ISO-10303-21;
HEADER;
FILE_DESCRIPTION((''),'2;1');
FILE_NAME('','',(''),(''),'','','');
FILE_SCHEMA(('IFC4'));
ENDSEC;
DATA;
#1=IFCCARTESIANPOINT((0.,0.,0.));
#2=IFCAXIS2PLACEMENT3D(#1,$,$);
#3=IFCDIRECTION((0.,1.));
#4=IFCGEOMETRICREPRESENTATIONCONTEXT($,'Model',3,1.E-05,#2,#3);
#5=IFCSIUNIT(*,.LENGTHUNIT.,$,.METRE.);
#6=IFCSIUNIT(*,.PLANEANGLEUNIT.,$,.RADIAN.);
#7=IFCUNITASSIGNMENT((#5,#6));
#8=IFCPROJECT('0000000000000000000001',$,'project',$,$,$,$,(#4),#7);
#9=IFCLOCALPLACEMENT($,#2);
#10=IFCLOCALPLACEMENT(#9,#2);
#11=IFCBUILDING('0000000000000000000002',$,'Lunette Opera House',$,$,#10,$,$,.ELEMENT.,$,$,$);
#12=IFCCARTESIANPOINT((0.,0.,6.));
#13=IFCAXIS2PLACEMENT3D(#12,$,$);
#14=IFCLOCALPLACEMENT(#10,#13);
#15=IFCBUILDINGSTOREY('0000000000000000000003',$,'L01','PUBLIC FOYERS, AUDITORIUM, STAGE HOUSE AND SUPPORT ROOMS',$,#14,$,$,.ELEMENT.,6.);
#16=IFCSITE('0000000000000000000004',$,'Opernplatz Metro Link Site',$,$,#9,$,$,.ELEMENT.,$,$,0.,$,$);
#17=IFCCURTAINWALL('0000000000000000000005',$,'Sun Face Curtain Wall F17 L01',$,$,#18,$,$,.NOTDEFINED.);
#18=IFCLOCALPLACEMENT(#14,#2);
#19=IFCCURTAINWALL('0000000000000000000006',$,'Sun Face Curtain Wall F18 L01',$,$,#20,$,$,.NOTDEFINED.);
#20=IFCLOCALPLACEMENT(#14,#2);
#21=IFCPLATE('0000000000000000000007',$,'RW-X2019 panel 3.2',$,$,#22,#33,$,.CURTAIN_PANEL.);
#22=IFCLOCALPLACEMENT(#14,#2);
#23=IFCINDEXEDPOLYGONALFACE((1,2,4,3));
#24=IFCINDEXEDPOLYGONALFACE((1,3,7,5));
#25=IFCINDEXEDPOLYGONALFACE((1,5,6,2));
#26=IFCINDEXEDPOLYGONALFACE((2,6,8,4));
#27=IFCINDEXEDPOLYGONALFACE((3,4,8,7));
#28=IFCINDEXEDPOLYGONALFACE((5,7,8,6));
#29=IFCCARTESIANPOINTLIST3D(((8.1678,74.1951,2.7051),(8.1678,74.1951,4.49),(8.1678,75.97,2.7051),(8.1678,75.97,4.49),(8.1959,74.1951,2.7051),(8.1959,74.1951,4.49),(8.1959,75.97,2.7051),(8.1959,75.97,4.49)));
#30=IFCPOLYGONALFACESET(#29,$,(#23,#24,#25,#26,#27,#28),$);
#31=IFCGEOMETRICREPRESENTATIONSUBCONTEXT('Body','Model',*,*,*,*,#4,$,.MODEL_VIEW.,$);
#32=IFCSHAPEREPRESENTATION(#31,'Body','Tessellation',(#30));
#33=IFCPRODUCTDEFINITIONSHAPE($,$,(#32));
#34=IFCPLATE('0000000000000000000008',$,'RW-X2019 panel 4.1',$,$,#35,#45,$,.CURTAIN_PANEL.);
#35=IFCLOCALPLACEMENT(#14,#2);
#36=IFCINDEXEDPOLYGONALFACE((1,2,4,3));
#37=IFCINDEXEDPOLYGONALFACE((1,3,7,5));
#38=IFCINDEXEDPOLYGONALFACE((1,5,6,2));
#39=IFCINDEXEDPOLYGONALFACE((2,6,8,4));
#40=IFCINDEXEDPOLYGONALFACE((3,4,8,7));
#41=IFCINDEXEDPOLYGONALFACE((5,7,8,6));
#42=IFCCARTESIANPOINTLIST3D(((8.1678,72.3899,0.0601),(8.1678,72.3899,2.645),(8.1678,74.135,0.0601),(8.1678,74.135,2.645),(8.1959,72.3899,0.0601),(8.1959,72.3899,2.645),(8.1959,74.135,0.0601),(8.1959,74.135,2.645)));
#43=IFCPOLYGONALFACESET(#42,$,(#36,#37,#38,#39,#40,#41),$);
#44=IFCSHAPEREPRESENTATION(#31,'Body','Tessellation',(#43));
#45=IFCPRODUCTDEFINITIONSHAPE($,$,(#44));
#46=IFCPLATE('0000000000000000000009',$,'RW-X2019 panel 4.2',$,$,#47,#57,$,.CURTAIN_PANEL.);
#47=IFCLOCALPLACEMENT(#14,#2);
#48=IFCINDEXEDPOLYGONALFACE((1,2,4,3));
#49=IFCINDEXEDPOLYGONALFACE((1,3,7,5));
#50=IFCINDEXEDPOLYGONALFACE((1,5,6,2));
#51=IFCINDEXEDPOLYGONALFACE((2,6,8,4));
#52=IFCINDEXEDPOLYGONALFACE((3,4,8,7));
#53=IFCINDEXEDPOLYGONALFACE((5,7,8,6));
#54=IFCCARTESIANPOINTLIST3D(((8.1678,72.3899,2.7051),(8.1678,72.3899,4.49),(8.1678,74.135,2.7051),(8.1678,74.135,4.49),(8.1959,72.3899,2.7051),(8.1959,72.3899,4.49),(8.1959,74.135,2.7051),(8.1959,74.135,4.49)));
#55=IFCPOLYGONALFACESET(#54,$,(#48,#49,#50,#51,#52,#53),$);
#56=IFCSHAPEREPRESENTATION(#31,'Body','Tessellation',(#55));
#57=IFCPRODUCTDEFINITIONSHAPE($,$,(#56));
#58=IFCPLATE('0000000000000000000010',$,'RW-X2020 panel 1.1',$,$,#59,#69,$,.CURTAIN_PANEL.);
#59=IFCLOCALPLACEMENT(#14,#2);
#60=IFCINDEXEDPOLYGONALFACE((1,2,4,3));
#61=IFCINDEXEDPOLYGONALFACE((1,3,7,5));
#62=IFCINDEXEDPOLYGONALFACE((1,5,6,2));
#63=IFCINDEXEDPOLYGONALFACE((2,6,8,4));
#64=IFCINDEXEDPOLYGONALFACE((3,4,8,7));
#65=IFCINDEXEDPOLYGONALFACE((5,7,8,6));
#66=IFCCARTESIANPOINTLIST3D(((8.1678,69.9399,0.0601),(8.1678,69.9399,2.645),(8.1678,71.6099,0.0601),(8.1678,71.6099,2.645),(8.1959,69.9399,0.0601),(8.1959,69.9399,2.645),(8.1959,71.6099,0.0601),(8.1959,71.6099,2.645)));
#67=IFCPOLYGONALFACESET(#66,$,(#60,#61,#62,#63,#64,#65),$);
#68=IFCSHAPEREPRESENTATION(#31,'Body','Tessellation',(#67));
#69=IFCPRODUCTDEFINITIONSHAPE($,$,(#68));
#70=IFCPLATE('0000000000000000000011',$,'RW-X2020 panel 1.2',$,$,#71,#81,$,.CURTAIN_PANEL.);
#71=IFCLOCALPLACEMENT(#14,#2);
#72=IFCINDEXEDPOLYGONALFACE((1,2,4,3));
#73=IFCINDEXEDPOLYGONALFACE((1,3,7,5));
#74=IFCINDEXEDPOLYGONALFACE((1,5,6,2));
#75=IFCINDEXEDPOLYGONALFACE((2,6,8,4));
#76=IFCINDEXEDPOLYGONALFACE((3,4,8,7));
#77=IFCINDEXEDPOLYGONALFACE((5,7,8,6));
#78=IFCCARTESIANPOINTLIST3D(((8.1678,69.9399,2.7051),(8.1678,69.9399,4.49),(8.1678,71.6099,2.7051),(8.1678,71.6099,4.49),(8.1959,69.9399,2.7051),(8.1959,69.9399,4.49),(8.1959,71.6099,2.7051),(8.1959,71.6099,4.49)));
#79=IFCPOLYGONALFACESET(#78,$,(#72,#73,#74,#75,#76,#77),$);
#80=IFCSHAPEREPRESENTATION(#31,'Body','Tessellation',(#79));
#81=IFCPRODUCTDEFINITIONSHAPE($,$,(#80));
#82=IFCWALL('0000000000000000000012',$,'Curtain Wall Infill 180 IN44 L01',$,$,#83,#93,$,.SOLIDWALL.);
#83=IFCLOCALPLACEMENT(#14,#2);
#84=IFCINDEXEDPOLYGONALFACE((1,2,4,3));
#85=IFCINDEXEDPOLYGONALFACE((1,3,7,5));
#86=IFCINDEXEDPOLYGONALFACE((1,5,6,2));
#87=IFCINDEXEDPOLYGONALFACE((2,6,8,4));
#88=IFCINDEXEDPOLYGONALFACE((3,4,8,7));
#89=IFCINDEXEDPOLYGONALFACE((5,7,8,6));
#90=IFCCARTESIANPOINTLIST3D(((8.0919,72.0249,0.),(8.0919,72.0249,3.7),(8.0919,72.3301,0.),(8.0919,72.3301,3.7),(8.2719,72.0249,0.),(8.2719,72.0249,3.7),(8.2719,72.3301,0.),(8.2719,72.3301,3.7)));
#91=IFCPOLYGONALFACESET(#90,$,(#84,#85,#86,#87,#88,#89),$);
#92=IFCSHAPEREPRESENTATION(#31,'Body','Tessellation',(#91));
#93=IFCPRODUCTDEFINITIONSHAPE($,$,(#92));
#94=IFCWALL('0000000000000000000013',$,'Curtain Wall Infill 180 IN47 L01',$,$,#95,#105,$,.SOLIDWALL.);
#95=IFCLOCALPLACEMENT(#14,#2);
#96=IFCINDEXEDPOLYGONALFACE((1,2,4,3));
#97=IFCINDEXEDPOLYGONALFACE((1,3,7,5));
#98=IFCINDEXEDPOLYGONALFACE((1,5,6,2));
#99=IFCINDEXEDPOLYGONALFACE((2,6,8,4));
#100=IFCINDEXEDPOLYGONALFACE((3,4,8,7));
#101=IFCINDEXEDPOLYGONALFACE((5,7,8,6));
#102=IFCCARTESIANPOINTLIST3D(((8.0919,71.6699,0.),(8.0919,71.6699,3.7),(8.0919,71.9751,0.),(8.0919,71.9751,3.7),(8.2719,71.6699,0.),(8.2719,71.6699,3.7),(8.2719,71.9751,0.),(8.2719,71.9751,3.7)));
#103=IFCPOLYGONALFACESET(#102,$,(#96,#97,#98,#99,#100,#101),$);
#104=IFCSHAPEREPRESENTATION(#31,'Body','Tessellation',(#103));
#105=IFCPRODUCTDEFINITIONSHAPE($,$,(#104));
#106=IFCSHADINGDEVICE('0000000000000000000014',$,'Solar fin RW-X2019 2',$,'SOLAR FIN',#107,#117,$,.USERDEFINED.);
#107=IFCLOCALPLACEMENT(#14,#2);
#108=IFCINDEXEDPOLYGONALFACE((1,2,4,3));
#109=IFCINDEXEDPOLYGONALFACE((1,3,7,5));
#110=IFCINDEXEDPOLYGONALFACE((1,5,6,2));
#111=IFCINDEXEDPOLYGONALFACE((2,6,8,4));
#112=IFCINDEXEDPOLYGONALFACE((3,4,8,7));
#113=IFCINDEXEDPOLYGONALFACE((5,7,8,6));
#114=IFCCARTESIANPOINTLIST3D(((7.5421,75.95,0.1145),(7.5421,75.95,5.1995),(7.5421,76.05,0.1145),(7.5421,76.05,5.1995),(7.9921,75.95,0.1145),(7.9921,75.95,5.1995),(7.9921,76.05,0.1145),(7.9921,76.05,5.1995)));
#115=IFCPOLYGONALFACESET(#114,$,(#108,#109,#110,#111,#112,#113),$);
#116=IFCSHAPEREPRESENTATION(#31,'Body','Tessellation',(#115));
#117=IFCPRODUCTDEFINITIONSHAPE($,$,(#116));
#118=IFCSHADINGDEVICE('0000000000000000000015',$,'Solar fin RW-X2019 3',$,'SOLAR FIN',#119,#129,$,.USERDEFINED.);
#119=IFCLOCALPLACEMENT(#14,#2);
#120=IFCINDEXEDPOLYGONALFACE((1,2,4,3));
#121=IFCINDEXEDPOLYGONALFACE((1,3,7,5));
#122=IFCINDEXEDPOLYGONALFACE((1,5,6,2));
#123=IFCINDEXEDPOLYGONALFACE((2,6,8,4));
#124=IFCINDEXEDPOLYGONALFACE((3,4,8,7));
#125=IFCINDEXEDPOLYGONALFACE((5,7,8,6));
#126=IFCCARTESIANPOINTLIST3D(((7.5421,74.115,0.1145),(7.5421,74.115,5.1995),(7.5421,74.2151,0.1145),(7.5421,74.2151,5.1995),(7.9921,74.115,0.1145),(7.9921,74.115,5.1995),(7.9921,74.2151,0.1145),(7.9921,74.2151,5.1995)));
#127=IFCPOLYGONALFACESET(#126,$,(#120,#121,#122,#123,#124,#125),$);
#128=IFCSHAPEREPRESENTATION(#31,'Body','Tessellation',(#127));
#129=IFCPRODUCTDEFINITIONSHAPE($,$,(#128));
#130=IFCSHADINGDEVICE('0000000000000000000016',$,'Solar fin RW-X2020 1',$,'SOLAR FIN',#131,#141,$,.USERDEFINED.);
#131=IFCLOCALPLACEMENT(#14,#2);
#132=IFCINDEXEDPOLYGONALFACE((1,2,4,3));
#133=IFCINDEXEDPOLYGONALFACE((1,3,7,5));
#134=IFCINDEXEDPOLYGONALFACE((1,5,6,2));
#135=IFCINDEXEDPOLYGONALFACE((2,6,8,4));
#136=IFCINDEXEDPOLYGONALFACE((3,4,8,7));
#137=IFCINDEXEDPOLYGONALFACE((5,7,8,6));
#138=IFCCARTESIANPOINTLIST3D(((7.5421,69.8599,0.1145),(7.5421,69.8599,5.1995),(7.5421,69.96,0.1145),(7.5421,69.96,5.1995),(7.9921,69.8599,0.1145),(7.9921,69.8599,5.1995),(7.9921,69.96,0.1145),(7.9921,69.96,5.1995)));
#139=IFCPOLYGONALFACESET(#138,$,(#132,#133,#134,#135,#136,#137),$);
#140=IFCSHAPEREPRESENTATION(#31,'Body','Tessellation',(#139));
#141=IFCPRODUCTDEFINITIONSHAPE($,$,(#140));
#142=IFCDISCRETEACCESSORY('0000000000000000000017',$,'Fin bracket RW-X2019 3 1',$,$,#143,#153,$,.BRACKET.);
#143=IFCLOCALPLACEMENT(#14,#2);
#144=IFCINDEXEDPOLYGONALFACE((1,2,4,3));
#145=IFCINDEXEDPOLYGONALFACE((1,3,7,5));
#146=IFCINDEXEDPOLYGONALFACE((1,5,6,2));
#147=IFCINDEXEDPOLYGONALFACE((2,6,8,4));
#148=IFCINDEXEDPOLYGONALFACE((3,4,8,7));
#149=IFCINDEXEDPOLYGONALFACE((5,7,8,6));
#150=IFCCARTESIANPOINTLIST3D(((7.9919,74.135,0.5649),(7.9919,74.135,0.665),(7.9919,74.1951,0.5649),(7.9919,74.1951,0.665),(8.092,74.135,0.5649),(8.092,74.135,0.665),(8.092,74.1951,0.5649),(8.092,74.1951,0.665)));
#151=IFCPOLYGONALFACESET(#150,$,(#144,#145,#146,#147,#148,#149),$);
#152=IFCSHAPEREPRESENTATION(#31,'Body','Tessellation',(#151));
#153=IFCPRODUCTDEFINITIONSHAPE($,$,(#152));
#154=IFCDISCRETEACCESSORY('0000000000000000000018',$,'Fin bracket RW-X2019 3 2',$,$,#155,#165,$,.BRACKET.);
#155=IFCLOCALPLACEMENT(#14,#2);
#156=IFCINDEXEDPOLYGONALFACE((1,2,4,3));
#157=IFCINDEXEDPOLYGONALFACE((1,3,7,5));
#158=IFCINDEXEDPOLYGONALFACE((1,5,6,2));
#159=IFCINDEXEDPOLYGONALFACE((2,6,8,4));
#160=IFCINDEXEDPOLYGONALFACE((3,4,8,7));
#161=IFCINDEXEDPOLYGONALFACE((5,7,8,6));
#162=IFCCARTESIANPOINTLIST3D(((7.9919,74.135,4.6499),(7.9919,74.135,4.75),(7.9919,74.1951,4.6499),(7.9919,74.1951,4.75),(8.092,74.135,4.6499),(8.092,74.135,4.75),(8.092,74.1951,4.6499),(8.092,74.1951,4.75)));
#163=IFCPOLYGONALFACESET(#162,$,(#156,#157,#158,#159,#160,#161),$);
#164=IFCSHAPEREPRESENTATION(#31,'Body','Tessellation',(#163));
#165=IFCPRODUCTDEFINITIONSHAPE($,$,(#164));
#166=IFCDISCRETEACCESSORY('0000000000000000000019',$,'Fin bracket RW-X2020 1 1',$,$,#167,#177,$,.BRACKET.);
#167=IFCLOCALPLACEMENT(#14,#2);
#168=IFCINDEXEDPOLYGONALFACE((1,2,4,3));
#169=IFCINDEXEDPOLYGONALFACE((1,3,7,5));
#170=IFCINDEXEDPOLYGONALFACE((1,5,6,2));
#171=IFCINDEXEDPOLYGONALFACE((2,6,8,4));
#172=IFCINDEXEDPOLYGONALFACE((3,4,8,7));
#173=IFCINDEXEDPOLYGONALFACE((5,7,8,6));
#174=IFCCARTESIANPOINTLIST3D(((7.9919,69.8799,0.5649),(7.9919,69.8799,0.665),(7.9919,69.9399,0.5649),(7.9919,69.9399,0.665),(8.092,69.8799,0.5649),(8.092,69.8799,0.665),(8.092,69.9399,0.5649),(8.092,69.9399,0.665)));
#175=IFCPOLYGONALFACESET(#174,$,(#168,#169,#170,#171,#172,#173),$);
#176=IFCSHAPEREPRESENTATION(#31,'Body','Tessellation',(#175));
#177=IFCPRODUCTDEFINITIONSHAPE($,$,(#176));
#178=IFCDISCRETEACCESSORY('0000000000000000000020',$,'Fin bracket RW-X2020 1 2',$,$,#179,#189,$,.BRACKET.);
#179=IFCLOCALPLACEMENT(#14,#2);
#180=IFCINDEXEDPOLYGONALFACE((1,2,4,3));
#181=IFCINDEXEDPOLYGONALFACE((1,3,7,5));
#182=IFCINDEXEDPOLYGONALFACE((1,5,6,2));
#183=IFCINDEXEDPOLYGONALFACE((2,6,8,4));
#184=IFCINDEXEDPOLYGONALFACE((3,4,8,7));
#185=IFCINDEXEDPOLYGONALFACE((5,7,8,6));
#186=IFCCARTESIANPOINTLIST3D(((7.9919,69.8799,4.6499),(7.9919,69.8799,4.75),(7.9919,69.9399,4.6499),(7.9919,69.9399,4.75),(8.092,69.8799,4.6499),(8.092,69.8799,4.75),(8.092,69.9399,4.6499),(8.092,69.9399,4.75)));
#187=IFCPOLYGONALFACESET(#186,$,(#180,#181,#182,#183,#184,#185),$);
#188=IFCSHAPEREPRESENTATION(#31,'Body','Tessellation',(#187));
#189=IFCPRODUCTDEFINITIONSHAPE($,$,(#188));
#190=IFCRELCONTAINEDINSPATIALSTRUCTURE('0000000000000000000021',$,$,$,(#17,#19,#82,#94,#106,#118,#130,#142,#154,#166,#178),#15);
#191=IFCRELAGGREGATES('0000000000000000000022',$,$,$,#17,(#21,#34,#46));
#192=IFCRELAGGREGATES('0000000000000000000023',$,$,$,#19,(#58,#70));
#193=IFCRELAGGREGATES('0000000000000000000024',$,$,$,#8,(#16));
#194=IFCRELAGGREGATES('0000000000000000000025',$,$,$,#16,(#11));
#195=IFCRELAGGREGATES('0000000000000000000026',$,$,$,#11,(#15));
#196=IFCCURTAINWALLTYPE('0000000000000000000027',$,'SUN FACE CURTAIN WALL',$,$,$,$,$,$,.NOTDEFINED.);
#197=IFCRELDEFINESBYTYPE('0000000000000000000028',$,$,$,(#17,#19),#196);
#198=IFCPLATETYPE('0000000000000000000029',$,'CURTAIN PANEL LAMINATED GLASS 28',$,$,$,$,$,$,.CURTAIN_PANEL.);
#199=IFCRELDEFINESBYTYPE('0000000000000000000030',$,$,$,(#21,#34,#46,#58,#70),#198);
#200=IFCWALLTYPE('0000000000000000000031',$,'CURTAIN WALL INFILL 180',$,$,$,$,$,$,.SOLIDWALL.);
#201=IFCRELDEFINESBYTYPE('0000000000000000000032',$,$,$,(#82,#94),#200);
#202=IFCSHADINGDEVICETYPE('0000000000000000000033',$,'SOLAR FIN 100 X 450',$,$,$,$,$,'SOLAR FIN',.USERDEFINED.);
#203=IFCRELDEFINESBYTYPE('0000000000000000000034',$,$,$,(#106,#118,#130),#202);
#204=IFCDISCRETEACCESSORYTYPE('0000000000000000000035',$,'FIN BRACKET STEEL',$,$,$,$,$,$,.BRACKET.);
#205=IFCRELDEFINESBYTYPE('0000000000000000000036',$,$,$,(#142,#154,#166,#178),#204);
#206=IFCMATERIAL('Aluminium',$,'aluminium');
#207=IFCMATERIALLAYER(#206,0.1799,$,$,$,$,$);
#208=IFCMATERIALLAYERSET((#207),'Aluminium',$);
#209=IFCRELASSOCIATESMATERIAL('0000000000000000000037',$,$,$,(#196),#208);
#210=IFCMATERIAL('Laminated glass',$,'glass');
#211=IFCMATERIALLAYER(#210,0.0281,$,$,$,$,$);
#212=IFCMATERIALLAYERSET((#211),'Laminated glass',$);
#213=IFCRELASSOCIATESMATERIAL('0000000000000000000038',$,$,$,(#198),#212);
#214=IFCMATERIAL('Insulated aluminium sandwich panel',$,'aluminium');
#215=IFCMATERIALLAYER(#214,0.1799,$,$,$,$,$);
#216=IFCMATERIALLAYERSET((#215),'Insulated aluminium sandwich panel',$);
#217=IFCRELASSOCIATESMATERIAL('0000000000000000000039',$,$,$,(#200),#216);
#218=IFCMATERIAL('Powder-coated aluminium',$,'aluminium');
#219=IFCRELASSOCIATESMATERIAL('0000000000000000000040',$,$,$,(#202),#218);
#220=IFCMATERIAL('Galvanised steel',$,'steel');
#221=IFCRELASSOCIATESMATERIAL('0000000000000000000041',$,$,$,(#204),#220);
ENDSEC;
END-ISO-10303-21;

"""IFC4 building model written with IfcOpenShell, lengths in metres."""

from ifc_helpers import new_model, si_unit, direction, frame, frame_2d, origin, origin_2d, place, context, subcontext, project, spatial, rectangle, extrude, material, layer, layer_set, type_object, element, aggregate, save


model = new_model("IFC4")

# Units and contexts
model_context = context("Model", 3, precision=1e-05, world=origin(), true_north=direction((0.0, 1.0)))
body_context = subcontext(model_context, "Body", "Model", "MODEL_VIEW")
ifc_project = project(units=[si_unit("LENGTHUNIT", "METRE"), si_unit("PLANEANGLEUNIT", "RADIAN")], contexts=[model_context])

# Site, building, storey
site_placement = place(None, origin())
site = spatial("IfcSite", under=ifc_project, at=site_placement, Name="Opernplatz Metro Link Site", CompositionType="ELEMENT", RefElevation=0.0)
building_placement = place(site_placement, origin())
building = spatial("IfcBuilding", under=site, at=building_placement, Name="Lunette Opera House", CompositionType="ELEMENT")
storey_placement = place(building_placement, frame((0.0, 0.0, 6.0)))
storey = spatial("IfcBuildingStorey", under=building, at=storey_placement, Name="L01", Description="PUBLIC FOYERS, AUDITORIUM, STAGE HOUSE AND SUPPORT ROOMS", CompositionType="ELEMENT", Elevation=6.0)

# Curtain walls
ifc_material_1 = material(Name="Aluminium", Category="aluminium")
ifc_layer_1 = layer(ifc_material_1, 0.1799)
ifc_layer_set_1 = layer_set([ifc_layer_1], Name="Aluminium")
curtain_wall_type = type_object("IfcCurtainWallType", Name="SUN FACE CURTAIN WALL", PredefinedType="NOTDEFINED", material=ifc_layer_set_1)
curtain_wall_1_placement = place(storey_placement, origin())
curtain_wall_1 = element("IfcCurtainWall", 1, at=curtain_wall_1_placement, inside=storey, type_object=curtain_wall_type, Name="Sun Face Curtain Wall F17 L01", PredefinedType="NOTDEFINED")
curtain_wall_2_placement = place(storey_placement, origin())
curtain_wall_2 = element("IfcCurtainWall", 2, at=curtain_wall_2_placement, inside=storey, type_object=curtain_wall_type, Name="Sun Face Curtain Wall F18 L01", PredefinedType="NOTDEFINED")

# Plates
ifc_material_2 = material(Name="Laminated glass", Category="glass")
ifc_layer_2 = layer(ifc_material_2, 0.0281)
ifc_layer_set_2 = layer_set([ifc_layer_2], Name="Laminated glass")
plate_type = type_object("IfcPlateType", Name="CURTAIN PANEL LAMINATED GLASS 28", PredefinedType="CURTAIN_PANEL", material=ifc_layer_set_2)
plate_1_placement = place(storey_placement, frame((8.1819, 75.0825, 2.7051), z_axis=(0.0, 0.0, 1.0), x_axis=(0.0, -1.0, 0.0)))
plate_1 = element("IfcPlate", 3, at=plate_1_placement, type_object=plate_type, Name="RW-X2019 panel 3.2", PredefinedType="CURTAIN_PANEL", context=body_context, shape_type="SweptSolid", body=[
    extrude(rectangle(XDim=1.7749, YDim=0.0281, at=origin_2d()), origin(), (0.0, 0.0, 1.0), 1.7849),
])
plate_2_placement = place(storey_placement, frame((8.1819, 73.2625, 0.0601), z_axis=(0.0, 0.0, 1.0), x_axis=(0.0, -1.0, 0.0)))
plate_2 = element("IfcPlate", 4, at=plate_2_placement, type_object=plate_type, Name="RW-X2019 panel 4.1", PredefinedType="CURTAIN_PANEL", context=body_context, shape_type="SweptSolid", body=[
    extrude(rectangle(XDim=1.7451, YDim=0.0281, at=origin_2d()), origin(), (0.0, 0.0, 1.0), 2.585),
])
plate_3_placement = place(storey_placement, frame((8.1819, 73.2625, 2.7051), z_axis=(0.0, 0.0, 1.0), x_axis=(0.0, -1.0, 0.0)))
plate_3 = element("IfcPlate", 5, at=plate_3_placement, type_object=plate_type, Name="RW-X2019 panel 4.2", PredefinedType="CURTAIN_PANEL", context=body_context, shape_type="SweptSolid", body=[
    extrude(rectangle(XDim=1.7451, YDim=0.0281, at=origin_2d()), origin(), (0.0, 0.0, 1.0), 1.7849),
])
aggregate(curtain_wall_1, [plate_1, plate_2, plate_3])
plate_4_placement = place(storey_placement, frame((8.1819, 70.7749, 0.0601), z_axis=(0.0, 0.0, 1.0), x_axis=(0.0, -1.0, 0.0)))
plate_4 = element("IfcPlate", 6, at=plate_4_placement, type_object=plate_type, Name="RW-X2020 panel 1.1", PredefinedType="CURTAIN_PANEL", context=body_context, shape_type="SweptSolid", body=[
    extrude(rectangle(XDim=1.6699, YDim=0.0281, at=origin_2d()), origin(), (0.0, 0.0, 1.0), 2.585),
])
plate_5_placement = place(storey_placement, frame((8.1819, 70.7749, 2.7051), z_axis=(0.0, 0.0, 1.0), x_axis=(0.0, -1.0, 0.0)))
plate_5 = element("IfcPlate", 7, at=plate_5_placement, type_object=plate_type, Name="RW-X2020 panel 1.2", PredefinedType="CURTAIN_PANEL", context=body_context, shape_type="SweptSolid", body=[
    extrude(rectangle(XDim=1.6699, YDim=0.0281, at=origin_2d()), origin(), (0.0, 0.0, 1.0), 1.7849),
])
aggregate(curtain_wall_2, [plate_4, plate_5])

# Walls
ifc_material_3 = material(Name="Insulated aluminium sandwich panel", Category="aluminium")
ifc_layer_3 = layer(ifc_material_3, 0.1799)
ifc_layer_set_3 = layer_set([ifc_layer_3], Name="Insulated aluminium sandwich panel")
wall_type = type_object("IfcWallType", Name="CURTAIN WALL INFILL 180", PredefinedType="SOLIDWALL", material=ifc_layer_set_3)
for number, where, z_axis, x_axis, name in (
    (8, (8.1819, 72.3301, 0.0), (0.0, 0.0, 1.0), (0.0, -1.0, 0.0), "Curtain Wall Infill 180 IN44 L01"),
    (9, (8.1819, 71.6699, 0.0), (0.0, 0.0, 1.0), (0.0, 1.0, 0.0), "Curtain Wall Infill 180 IN47 L01"),
):
    element("IfcWall", number, at=place(storey_placement, frame(where, z_axis=z_axis, x_axis=x_axis)), inside=storey, type_object=wall_type, Name=name, PredefinedType="SOLIDWALL", context=body_context, shape_type="SweptSolid", body=[
        extrude(rectangle(XDim=0.3052, YDim=0.1799, at=frame_2d((0.1526, 0.0))), origin(), (0.0, 0.0, 1.0), 3.7),
    ])

# Shading devices
ifc_material_4 = material(Name="Powder-coated aluminium", Category="aluminium")
shading_device_type = type_object("IfcShadingDeviceType", Name="SOLAR FIN 100 X 450", ElementType="SOLAR FIN", PredefinedType="USERDEFINED", material=ifc_material_4)
for number, where, z_axis, x_axis, name in (
    (10, (7.7671, 76.0, 0.1145), (0.0, 0.0, 1.0), (-1.0, 0.0, 0.0), "Solar fin RW-X2019 2"),
    (11, (7.7671, 74.165, 0.1145), (0.0, 0.0, 1.0), (-1.0, 0.0, 0.0), "Solar fin RW-X2019 3"),
    (12, (7.7671, 69.9099, 0.1145), (0.0, 0.0, 1.0), (-1.0, 0.0, 0.0), "Solar fin RW-X2020 1"),
):
    element("IfcShadingDevice", number, at=place(storey_placement, frame(where, z_axis=z_axis, x_axis=x_axis)), inside=storey, type_object=shading_device_type, Name=name, ObjectType="SOLAR FIN", PredefinedType="USERDEFINED", context=body_context, shape_type="SweptSolid", body=[
        extrude(rectangle(XDim=0.45, YDim=0.1001, at=origin_2d()), origin(), (0.0, 0.0, 1.0), 5.085),
    ])

# Discrete accessories
ifc_material_5 = material(Name="Galvanised steel", Category="steel")
discrete_accessory_type = type_object("IfcDiscreteAccessoryType", Name="FIN BRACKET STEEL", PredefinedType="BRACKET", material=ifc_material_5)
for number, where, z_axis, x_axis, name in (
    (13, (8.042, 74.165, 0.5649), (0.0, 0.0, 1.0), (-1.0, 0.0, 0.0), "Fin bracket RW-X2019 3 1"),
    (14, (8.042, 74.165, 4.6499), (0.0, 0.0, 1.0), (-1.0, 0.0, 0.0), "Fin bracket RW-X2019 3 2"),
    (15, (8.042, 69.9099, 0.5649), (0.0, 0.0, 1.0), (-1.0, 0.0, 0.0), "Fin bracket RW-X2020 1 1"),
    (16, (8.042, 69.9099, 4.6499), (0.0, 0.0, 1.0), (-1.0, 0.0, 0.0), "Fin bracket RW-X2020 1 2"),
):
    element("IfcDiscreteAccessory", number, at=place(storey_placement, frame(where, z_axis=z_axis, x_axis=x_axis)), inside=storey, type_object=discrete_accessory_type, Name=name, PredefinedType="BRACKET", context=body_context, shape_type="SweptSolid", body=[
        extrude(rectangle(XDim=0.1001, YDim=0.0601, at=origin_2d()), origin(), (0.0, 0.0, 1.0), 0.1001),
    ])

save(model, "model.ifc")
